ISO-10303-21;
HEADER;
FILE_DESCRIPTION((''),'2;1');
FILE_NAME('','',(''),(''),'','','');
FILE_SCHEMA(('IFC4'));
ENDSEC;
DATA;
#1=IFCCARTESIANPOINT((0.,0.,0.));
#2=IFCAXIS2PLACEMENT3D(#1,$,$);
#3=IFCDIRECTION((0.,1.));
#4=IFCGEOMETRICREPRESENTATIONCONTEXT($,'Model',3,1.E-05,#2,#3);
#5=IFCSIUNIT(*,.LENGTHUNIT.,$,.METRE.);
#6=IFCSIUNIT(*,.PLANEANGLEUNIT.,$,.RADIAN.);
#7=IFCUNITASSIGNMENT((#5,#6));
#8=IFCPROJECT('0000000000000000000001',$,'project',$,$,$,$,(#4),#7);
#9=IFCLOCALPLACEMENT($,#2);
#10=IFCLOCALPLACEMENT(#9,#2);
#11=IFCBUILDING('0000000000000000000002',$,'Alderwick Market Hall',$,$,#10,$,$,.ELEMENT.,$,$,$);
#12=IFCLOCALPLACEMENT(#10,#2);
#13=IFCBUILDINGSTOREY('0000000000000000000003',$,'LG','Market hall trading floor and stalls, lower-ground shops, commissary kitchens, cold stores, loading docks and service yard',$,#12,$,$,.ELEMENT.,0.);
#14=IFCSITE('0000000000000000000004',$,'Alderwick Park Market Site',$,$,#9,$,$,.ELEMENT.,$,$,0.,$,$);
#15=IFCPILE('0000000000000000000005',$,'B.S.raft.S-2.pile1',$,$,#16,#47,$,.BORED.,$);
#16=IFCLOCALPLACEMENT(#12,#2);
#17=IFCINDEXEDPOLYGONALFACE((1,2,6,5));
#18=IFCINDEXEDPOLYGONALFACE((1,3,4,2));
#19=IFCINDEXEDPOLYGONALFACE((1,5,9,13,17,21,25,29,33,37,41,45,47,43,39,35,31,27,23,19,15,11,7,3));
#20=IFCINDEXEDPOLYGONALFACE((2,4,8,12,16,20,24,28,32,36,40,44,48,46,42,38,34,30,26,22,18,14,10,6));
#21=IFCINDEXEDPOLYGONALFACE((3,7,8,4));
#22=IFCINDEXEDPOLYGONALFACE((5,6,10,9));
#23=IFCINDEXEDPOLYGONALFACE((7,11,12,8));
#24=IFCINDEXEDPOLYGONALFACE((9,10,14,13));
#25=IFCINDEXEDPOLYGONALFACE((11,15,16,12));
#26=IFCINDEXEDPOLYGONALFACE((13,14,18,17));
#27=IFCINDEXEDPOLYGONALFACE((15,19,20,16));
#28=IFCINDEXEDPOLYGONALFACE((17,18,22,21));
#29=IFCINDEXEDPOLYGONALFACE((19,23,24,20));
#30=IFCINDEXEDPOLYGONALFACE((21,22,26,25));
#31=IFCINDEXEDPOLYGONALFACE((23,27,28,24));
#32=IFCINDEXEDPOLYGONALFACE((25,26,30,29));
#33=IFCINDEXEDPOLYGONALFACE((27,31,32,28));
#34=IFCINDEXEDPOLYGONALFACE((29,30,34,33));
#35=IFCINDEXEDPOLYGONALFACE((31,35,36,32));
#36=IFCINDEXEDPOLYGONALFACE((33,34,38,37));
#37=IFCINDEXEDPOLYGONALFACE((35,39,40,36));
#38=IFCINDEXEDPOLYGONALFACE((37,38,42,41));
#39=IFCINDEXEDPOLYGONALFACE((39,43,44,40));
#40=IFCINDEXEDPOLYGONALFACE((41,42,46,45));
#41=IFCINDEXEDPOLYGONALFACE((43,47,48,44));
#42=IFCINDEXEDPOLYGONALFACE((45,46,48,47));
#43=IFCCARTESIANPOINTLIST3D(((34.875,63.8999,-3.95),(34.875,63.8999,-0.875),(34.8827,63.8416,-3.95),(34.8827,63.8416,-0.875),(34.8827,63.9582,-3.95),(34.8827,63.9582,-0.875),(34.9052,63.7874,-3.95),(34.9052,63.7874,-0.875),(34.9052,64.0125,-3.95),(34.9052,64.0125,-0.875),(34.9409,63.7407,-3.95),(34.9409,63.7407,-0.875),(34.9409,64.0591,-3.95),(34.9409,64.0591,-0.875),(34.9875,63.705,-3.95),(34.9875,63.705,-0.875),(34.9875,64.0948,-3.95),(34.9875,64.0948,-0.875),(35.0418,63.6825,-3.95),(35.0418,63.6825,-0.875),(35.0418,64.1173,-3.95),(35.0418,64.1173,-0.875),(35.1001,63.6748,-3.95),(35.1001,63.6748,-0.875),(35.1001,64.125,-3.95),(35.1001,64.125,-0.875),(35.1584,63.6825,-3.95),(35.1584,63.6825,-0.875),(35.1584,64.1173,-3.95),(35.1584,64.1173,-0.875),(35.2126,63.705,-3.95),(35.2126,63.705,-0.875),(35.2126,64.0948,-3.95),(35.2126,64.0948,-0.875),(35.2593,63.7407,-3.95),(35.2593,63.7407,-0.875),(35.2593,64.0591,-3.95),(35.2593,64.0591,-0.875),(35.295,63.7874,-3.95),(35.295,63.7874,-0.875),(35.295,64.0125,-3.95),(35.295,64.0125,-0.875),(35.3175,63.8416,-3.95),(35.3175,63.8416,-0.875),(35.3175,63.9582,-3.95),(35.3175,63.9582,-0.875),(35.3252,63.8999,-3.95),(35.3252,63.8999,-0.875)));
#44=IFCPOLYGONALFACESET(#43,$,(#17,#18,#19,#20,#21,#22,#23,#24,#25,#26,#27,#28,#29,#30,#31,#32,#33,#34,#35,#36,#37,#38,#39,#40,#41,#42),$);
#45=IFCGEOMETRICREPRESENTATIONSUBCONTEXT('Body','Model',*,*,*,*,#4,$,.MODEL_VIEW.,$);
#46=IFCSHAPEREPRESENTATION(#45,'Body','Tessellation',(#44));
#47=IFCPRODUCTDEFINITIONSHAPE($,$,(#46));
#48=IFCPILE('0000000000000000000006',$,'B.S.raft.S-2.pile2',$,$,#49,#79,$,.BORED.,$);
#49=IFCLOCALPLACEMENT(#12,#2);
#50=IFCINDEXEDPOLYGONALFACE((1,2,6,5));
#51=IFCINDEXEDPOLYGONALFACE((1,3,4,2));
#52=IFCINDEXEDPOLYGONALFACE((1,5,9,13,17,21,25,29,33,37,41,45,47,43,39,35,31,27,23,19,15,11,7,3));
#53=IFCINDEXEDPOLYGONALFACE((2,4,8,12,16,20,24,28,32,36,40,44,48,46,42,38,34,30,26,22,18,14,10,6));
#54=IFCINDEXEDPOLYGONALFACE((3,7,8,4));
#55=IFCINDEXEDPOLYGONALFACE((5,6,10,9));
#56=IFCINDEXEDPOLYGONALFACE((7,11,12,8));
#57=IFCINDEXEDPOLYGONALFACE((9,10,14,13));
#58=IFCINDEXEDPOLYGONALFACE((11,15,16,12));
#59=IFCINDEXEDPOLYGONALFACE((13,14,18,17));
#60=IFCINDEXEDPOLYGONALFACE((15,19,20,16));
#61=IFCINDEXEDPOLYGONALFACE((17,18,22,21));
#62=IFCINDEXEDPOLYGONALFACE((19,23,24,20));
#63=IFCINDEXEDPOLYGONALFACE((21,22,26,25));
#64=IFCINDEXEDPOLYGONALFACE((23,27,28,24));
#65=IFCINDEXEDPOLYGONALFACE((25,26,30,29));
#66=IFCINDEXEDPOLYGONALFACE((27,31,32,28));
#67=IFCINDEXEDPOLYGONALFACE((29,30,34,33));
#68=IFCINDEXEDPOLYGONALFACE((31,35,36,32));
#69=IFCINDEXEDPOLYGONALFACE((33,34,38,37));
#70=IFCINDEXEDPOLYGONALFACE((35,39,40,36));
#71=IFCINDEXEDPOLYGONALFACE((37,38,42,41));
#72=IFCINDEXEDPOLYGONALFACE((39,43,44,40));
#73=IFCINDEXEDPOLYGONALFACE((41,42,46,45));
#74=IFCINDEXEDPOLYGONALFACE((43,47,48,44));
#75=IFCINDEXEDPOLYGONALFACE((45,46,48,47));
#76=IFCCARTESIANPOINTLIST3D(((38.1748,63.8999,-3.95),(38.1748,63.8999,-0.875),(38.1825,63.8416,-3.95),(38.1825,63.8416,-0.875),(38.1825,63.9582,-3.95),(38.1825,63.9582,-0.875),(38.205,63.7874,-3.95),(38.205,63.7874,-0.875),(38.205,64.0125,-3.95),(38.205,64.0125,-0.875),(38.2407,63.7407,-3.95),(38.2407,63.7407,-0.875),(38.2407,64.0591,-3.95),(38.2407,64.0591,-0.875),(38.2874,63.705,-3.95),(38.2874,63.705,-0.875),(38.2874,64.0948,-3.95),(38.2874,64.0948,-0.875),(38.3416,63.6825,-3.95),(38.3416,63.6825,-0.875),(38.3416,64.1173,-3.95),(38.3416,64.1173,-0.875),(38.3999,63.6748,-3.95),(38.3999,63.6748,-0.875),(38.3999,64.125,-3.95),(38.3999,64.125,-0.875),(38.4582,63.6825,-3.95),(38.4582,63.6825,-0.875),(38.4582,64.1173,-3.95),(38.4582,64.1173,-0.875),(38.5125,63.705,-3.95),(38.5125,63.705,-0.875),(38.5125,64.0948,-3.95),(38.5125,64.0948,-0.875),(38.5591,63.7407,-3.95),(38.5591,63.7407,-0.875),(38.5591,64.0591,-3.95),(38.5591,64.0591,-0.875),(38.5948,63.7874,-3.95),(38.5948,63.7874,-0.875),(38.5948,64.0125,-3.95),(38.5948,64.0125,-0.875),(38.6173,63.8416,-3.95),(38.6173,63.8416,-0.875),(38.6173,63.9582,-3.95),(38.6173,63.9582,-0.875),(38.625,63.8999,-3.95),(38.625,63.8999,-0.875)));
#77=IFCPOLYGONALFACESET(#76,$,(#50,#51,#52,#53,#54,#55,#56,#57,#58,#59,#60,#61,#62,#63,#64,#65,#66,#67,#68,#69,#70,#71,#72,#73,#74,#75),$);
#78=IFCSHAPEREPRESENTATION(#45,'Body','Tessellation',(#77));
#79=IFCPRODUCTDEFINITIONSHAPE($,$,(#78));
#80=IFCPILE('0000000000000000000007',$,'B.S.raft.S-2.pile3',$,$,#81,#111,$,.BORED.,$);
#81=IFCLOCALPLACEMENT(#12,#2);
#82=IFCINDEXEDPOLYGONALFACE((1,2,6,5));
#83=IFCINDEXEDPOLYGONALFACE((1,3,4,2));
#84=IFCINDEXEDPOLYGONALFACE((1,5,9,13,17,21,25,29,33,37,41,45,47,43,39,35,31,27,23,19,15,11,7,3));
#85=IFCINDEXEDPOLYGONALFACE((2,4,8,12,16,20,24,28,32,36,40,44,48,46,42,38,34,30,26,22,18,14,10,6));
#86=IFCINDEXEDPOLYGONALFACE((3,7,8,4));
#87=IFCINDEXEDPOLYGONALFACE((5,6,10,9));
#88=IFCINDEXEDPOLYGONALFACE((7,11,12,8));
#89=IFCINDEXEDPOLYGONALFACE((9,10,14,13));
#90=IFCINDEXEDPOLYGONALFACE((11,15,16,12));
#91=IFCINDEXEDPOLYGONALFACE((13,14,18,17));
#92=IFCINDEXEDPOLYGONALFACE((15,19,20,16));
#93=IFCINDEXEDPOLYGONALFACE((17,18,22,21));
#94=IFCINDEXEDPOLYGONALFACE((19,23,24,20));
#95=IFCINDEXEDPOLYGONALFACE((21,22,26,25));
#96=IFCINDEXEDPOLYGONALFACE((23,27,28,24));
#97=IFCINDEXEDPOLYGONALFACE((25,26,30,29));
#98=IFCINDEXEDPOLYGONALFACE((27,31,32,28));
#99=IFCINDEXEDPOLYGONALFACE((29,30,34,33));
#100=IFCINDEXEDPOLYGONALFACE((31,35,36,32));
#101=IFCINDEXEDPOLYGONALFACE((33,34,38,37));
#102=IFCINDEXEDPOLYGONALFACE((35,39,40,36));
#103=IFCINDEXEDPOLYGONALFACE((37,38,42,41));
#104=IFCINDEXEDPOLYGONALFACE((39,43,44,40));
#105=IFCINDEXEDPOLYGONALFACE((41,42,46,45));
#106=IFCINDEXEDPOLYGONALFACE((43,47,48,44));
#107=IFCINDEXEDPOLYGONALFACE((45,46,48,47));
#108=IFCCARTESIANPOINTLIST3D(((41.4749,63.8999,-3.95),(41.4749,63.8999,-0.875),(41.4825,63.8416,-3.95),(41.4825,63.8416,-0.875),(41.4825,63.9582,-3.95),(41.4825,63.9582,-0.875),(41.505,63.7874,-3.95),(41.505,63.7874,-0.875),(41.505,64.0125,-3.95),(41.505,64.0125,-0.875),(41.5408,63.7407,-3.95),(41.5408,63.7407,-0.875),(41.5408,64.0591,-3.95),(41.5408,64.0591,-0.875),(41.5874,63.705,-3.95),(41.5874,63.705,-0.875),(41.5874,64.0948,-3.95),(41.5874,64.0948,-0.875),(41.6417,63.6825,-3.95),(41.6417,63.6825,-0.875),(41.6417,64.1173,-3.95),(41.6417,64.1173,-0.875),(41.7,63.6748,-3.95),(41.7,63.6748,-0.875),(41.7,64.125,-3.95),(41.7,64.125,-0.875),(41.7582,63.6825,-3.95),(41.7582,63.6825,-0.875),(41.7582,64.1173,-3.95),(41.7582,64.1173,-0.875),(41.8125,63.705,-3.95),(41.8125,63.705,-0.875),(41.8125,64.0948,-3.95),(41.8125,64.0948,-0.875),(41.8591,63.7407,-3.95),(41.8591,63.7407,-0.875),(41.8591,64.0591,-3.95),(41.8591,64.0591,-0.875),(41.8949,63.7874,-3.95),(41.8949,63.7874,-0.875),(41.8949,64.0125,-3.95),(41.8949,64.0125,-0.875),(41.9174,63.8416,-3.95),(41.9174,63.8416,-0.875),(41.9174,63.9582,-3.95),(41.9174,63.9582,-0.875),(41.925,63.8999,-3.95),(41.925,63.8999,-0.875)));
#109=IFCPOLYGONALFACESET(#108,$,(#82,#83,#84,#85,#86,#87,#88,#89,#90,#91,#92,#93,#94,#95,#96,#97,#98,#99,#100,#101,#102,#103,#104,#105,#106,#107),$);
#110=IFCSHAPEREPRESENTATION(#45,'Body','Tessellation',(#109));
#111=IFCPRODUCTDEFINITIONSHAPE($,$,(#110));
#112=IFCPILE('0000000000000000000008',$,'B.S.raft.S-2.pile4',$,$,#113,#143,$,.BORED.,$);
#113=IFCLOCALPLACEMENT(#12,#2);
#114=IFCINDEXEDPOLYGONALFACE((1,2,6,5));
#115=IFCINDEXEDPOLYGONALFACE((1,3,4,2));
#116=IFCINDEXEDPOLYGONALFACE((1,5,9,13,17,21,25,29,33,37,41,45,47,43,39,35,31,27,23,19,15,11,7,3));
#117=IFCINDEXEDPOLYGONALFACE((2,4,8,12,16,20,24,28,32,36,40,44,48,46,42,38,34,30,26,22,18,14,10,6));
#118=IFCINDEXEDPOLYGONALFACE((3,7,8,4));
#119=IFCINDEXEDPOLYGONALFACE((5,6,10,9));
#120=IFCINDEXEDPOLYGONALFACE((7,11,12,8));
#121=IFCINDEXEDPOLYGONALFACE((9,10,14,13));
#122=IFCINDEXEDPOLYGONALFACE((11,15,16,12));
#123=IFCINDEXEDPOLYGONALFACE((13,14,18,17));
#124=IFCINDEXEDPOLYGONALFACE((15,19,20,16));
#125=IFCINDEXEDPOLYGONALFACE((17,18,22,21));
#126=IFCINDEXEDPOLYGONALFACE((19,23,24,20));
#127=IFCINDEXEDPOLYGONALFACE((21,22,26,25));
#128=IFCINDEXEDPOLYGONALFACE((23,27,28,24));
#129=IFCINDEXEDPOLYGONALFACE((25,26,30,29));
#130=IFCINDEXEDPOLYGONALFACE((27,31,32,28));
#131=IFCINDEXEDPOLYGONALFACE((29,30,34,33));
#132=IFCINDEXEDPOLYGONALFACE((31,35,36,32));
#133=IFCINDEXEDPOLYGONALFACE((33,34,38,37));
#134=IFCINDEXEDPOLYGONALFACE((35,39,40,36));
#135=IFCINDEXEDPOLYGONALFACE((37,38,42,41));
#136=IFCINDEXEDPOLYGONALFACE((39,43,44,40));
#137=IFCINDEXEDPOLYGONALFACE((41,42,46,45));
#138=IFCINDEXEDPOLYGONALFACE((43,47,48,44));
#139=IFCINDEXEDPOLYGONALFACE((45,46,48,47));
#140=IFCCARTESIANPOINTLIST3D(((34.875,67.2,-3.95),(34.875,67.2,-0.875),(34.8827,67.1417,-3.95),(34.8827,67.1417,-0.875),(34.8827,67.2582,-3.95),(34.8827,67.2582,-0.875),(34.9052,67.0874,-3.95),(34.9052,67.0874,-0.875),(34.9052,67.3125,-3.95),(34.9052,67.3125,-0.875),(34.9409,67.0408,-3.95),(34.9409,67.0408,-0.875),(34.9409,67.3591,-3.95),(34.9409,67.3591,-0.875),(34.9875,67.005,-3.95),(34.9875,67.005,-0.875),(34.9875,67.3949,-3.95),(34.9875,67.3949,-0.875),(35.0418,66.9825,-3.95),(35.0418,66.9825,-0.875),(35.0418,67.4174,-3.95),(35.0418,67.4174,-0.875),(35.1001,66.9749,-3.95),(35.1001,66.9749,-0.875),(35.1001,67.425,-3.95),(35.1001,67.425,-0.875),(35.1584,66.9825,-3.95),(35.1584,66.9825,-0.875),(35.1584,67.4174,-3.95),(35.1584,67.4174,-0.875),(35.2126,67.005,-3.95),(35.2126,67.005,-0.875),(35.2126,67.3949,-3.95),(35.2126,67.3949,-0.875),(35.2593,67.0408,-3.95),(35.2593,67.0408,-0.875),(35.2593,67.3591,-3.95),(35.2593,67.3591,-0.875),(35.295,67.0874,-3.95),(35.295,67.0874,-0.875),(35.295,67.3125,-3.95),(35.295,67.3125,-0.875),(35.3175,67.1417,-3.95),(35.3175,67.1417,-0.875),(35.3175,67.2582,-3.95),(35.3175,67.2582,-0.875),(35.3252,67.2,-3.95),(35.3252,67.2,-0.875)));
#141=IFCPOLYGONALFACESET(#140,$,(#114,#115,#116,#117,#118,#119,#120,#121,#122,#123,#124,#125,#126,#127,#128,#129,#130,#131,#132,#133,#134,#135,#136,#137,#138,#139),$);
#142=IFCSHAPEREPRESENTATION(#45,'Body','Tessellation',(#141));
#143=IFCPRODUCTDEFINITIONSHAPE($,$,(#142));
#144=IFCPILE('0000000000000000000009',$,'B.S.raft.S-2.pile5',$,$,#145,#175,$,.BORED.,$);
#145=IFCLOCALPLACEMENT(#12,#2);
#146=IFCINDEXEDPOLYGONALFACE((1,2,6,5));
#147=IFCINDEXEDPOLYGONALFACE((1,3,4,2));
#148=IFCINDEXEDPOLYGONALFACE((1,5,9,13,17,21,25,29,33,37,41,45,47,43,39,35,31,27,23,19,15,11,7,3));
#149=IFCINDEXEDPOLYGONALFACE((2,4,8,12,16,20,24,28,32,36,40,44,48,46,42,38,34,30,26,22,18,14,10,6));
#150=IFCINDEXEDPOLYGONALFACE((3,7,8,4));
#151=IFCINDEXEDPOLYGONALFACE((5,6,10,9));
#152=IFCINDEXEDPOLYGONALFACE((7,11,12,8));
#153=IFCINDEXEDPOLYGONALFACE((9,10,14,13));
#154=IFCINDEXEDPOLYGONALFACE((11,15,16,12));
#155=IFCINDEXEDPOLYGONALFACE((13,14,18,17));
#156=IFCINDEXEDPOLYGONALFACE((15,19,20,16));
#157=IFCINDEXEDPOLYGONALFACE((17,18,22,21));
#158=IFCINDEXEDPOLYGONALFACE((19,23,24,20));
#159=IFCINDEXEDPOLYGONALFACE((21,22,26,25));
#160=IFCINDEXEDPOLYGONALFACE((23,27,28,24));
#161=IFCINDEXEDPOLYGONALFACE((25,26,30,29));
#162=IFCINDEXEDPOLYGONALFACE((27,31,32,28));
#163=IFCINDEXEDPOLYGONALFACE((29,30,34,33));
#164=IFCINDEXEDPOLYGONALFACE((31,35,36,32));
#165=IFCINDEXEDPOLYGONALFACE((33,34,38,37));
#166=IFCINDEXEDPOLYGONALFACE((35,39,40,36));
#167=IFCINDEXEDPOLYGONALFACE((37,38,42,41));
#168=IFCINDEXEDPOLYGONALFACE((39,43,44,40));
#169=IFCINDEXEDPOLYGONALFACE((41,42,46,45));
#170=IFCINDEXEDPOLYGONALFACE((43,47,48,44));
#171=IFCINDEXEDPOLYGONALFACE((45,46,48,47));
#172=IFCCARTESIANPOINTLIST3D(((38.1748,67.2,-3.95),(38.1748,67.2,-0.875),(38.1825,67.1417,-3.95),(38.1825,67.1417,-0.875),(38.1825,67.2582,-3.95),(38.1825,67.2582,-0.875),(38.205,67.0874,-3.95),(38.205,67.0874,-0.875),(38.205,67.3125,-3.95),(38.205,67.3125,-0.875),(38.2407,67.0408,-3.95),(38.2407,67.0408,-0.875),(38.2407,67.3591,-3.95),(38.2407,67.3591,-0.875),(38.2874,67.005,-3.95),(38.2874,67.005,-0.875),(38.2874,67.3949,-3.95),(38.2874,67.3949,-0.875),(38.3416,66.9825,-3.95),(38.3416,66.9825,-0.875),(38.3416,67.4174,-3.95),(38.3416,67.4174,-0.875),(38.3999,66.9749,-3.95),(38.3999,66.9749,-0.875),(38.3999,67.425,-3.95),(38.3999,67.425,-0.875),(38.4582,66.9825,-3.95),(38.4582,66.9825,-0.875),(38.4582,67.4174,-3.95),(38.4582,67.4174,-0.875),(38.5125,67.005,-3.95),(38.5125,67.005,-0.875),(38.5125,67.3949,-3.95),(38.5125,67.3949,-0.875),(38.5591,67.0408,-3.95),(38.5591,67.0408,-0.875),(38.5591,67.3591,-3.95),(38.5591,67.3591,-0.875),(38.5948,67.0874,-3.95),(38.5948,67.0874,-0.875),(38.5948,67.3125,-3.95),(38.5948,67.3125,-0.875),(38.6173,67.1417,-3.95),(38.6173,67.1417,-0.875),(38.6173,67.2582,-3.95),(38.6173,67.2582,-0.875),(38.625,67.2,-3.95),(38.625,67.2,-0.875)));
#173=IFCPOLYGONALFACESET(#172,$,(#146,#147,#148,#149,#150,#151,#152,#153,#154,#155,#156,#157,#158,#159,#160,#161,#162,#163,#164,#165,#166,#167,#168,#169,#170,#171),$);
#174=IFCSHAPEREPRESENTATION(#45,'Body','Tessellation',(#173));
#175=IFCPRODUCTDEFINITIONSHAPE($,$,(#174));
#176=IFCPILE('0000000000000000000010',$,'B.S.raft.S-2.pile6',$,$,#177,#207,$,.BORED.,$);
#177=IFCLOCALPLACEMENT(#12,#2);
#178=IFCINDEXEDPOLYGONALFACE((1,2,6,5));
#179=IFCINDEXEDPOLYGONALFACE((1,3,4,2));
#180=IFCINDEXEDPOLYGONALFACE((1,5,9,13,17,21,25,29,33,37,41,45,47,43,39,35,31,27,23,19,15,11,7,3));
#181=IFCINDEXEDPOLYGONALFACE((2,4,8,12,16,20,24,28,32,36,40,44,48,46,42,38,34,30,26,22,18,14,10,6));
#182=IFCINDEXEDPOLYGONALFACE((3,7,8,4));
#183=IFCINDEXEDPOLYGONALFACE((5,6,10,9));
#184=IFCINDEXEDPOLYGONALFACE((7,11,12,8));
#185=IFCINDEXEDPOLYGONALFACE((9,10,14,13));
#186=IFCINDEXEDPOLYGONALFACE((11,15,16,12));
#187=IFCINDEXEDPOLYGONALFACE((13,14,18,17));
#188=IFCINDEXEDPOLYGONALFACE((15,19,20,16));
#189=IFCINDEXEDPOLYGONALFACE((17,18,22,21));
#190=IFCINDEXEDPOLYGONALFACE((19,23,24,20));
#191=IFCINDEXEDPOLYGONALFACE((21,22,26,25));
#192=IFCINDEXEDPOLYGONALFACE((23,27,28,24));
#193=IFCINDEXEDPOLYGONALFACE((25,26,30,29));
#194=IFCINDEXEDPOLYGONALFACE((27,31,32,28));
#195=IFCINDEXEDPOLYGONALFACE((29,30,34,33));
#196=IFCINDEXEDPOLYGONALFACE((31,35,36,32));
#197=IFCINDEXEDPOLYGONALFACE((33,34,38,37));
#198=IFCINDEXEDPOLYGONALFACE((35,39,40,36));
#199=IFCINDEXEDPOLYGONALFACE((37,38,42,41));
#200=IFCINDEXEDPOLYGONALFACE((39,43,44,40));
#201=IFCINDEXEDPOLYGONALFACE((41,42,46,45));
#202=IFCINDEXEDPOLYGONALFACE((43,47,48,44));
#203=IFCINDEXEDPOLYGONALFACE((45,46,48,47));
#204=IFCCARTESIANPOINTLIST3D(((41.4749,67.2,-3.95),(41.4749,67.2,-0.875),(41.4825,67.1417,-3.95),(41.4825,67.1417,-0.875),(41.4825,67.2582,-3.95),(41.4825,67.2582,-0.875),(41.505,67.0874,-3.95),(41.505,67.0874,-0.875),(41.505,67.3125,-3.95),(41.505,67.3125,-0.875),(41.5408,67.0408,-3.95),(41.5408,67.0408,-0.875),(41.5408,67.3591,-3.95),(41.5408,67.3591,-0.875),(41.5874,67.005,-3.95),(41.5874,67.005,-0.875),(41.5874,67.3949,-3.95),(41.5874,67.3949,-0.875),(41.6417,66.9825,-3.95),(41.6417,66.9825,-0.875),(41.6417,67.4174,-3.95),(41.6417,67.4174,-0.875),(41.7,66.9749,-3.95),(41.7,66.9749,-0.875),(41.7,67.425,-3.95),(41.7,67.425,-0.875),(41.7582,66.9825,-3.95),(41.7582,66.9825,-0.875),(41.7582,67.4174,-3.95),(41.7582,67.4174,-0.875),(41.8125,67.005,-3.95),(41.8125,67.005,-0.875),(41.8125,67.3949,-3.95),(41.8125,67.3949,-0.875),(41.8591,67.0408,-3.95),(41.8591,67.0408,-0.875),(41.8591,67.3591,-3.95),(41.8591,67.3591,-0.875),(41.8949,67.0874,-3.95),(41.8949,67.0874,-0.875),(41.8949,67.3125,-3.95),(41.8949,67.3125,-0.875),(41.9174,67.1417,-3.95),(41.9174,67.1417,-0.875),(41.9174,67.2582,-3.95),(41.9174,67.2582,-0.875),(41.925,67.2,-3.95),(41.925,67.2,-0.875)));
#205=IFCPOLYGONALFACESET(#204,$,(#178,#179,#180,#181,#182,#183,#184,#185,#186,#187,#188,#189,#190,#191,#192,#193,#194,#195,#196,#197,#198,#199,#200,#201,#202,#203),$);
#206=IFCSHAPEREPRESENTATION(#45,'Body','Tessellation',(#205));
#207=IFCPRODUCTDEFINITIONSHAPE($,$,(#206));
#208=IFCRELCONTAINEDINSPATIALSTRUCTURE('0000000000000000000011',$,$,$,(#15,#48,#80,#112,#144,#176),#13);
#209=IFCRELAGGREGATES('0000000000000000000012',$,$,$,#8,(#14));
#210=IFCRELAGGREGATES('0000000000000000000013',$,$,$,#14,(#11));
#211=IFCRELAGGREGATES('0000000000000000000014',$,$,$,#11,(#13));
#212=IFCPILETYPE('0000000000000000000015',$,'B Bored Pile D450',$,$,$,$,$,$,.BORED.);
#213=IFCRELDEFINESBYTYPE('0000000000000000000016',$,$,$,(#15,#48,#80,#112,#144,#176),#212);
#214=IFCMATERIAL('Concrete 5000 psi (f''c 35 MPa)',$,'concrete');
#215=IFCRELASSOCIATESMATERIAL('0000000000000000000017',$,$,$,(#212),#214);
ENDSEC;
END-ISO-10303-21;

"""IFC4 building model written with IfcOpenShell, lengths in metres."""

from ifc_helpers import new_model, si_unit, direction, frame, origin, origin_2d, place, context, subcontext, project, spatial, circle, extrude, material, material_profile, profile_set, type_object, element, save


model = new_model("IFC4")

# Units and contexts
model_context = context("Model", 3, precision=1e-05, world=origin(), true_north=direction((0.0, 1.0)))
body_context = subcontext(model_context, "Body", "Model", "MODEL_VIEW")
ifc_project = project(units=[si_unit("LENGTHUNIT", "METRE"), si_unit("PLANEANGLEUNIT", "RADIAN")], contexts=[model_context])

# Site, building, storey
site_placement = place(None, origin())
site = spatial("IfcSite", under=ifc_project, at=site_placement, Name="Alderwick Park Market Site", CompositionType="ELEMENT", RefElevation=0.0)
building_placement = place(site_placement, origin())
building = spatial("IfcBuilding", under=site, at=building_placement, Name="Alderwick Market Hall", CompositionType="ELEMENT")
storey_placement = place(building_placement, origin())
storey = spatial("IfcBuildingStorey", under=building, at=storey_placement, Name="LG", Description="Market hall trading floor and stalls, lower-ground shops, commissary kitchens, cold stores, loading docks and service yard", CompositionType="ELEMENT", Elevation=0.0)

# Piles
ifc_material = material(Name="Concrete 5000 psi (f'c 35 MPa)", Category="concrete")
ifc_material_profile = material_profile(ifc_material, circle(Radius=0.2251, at=origin_2d()), Name="B Bored Pile D450")
ifc_profile_set = profile_set([ifc_material_profile], Name="Concrete 5000 psi (f'c 35 MPa)")
pile_type = type_object("IfcPileType", Name="B Bored Pile D450", PredefinedType="BORED", material=ifc_profile_set)
for number, where, z_axis, x_axis, name in (
    (1, (35.1001, 63.8999, -0.875), (0.0, 0.0, -1.0), (1.0, 0.0, 0.0), "B.S.raft.S-2.pile1"),
    (2, (38.3999, 63.8999, -0.875), (0.0, 0.0, -1.0), (1.0, 0.0, 0.0), "B.S.raft.S-2.pile2"),
    (3, (41.7, 63.8999, -0.875), (0.0, 0.0, -1.0), (1.0, 0.0, 0.0), "B.S.raft.S-2.pile3"),
    (4, (35.1001, 67.2, -0.875), (0.0, 0.0, -1.0), (1.0, 0.0, 0.0), "B.S.raft.S-2.pile4"),
    (5, (38.3999, 67.2, -0.875), (0.0, 0.0, -1.0), (1.0, 0.0, 0.0), "B.S.raft.S-2.pile5"),
    (6, (41.7, 67.2, -0.875), (0.0, 0.0, -1.0), (1.0, 0.0, 0.0), "B.S.raft.S-2.pile6"),
):
    element("IfcPile", number, at=place(storey_placement, frame(where, z_axis=z_axis, x_axis=x_axis)), inside=storey, type_object=pile_type, Name=name, PredefinedType="BORED", context=body_context, shape_type="SweptSolid", body=[
        extrude(circle(Radius=0.2251, at=origin_2d()), origin(), (0.0, 0.0, 1.0), 3.075),
    ])

save(model, "model.ifc")
